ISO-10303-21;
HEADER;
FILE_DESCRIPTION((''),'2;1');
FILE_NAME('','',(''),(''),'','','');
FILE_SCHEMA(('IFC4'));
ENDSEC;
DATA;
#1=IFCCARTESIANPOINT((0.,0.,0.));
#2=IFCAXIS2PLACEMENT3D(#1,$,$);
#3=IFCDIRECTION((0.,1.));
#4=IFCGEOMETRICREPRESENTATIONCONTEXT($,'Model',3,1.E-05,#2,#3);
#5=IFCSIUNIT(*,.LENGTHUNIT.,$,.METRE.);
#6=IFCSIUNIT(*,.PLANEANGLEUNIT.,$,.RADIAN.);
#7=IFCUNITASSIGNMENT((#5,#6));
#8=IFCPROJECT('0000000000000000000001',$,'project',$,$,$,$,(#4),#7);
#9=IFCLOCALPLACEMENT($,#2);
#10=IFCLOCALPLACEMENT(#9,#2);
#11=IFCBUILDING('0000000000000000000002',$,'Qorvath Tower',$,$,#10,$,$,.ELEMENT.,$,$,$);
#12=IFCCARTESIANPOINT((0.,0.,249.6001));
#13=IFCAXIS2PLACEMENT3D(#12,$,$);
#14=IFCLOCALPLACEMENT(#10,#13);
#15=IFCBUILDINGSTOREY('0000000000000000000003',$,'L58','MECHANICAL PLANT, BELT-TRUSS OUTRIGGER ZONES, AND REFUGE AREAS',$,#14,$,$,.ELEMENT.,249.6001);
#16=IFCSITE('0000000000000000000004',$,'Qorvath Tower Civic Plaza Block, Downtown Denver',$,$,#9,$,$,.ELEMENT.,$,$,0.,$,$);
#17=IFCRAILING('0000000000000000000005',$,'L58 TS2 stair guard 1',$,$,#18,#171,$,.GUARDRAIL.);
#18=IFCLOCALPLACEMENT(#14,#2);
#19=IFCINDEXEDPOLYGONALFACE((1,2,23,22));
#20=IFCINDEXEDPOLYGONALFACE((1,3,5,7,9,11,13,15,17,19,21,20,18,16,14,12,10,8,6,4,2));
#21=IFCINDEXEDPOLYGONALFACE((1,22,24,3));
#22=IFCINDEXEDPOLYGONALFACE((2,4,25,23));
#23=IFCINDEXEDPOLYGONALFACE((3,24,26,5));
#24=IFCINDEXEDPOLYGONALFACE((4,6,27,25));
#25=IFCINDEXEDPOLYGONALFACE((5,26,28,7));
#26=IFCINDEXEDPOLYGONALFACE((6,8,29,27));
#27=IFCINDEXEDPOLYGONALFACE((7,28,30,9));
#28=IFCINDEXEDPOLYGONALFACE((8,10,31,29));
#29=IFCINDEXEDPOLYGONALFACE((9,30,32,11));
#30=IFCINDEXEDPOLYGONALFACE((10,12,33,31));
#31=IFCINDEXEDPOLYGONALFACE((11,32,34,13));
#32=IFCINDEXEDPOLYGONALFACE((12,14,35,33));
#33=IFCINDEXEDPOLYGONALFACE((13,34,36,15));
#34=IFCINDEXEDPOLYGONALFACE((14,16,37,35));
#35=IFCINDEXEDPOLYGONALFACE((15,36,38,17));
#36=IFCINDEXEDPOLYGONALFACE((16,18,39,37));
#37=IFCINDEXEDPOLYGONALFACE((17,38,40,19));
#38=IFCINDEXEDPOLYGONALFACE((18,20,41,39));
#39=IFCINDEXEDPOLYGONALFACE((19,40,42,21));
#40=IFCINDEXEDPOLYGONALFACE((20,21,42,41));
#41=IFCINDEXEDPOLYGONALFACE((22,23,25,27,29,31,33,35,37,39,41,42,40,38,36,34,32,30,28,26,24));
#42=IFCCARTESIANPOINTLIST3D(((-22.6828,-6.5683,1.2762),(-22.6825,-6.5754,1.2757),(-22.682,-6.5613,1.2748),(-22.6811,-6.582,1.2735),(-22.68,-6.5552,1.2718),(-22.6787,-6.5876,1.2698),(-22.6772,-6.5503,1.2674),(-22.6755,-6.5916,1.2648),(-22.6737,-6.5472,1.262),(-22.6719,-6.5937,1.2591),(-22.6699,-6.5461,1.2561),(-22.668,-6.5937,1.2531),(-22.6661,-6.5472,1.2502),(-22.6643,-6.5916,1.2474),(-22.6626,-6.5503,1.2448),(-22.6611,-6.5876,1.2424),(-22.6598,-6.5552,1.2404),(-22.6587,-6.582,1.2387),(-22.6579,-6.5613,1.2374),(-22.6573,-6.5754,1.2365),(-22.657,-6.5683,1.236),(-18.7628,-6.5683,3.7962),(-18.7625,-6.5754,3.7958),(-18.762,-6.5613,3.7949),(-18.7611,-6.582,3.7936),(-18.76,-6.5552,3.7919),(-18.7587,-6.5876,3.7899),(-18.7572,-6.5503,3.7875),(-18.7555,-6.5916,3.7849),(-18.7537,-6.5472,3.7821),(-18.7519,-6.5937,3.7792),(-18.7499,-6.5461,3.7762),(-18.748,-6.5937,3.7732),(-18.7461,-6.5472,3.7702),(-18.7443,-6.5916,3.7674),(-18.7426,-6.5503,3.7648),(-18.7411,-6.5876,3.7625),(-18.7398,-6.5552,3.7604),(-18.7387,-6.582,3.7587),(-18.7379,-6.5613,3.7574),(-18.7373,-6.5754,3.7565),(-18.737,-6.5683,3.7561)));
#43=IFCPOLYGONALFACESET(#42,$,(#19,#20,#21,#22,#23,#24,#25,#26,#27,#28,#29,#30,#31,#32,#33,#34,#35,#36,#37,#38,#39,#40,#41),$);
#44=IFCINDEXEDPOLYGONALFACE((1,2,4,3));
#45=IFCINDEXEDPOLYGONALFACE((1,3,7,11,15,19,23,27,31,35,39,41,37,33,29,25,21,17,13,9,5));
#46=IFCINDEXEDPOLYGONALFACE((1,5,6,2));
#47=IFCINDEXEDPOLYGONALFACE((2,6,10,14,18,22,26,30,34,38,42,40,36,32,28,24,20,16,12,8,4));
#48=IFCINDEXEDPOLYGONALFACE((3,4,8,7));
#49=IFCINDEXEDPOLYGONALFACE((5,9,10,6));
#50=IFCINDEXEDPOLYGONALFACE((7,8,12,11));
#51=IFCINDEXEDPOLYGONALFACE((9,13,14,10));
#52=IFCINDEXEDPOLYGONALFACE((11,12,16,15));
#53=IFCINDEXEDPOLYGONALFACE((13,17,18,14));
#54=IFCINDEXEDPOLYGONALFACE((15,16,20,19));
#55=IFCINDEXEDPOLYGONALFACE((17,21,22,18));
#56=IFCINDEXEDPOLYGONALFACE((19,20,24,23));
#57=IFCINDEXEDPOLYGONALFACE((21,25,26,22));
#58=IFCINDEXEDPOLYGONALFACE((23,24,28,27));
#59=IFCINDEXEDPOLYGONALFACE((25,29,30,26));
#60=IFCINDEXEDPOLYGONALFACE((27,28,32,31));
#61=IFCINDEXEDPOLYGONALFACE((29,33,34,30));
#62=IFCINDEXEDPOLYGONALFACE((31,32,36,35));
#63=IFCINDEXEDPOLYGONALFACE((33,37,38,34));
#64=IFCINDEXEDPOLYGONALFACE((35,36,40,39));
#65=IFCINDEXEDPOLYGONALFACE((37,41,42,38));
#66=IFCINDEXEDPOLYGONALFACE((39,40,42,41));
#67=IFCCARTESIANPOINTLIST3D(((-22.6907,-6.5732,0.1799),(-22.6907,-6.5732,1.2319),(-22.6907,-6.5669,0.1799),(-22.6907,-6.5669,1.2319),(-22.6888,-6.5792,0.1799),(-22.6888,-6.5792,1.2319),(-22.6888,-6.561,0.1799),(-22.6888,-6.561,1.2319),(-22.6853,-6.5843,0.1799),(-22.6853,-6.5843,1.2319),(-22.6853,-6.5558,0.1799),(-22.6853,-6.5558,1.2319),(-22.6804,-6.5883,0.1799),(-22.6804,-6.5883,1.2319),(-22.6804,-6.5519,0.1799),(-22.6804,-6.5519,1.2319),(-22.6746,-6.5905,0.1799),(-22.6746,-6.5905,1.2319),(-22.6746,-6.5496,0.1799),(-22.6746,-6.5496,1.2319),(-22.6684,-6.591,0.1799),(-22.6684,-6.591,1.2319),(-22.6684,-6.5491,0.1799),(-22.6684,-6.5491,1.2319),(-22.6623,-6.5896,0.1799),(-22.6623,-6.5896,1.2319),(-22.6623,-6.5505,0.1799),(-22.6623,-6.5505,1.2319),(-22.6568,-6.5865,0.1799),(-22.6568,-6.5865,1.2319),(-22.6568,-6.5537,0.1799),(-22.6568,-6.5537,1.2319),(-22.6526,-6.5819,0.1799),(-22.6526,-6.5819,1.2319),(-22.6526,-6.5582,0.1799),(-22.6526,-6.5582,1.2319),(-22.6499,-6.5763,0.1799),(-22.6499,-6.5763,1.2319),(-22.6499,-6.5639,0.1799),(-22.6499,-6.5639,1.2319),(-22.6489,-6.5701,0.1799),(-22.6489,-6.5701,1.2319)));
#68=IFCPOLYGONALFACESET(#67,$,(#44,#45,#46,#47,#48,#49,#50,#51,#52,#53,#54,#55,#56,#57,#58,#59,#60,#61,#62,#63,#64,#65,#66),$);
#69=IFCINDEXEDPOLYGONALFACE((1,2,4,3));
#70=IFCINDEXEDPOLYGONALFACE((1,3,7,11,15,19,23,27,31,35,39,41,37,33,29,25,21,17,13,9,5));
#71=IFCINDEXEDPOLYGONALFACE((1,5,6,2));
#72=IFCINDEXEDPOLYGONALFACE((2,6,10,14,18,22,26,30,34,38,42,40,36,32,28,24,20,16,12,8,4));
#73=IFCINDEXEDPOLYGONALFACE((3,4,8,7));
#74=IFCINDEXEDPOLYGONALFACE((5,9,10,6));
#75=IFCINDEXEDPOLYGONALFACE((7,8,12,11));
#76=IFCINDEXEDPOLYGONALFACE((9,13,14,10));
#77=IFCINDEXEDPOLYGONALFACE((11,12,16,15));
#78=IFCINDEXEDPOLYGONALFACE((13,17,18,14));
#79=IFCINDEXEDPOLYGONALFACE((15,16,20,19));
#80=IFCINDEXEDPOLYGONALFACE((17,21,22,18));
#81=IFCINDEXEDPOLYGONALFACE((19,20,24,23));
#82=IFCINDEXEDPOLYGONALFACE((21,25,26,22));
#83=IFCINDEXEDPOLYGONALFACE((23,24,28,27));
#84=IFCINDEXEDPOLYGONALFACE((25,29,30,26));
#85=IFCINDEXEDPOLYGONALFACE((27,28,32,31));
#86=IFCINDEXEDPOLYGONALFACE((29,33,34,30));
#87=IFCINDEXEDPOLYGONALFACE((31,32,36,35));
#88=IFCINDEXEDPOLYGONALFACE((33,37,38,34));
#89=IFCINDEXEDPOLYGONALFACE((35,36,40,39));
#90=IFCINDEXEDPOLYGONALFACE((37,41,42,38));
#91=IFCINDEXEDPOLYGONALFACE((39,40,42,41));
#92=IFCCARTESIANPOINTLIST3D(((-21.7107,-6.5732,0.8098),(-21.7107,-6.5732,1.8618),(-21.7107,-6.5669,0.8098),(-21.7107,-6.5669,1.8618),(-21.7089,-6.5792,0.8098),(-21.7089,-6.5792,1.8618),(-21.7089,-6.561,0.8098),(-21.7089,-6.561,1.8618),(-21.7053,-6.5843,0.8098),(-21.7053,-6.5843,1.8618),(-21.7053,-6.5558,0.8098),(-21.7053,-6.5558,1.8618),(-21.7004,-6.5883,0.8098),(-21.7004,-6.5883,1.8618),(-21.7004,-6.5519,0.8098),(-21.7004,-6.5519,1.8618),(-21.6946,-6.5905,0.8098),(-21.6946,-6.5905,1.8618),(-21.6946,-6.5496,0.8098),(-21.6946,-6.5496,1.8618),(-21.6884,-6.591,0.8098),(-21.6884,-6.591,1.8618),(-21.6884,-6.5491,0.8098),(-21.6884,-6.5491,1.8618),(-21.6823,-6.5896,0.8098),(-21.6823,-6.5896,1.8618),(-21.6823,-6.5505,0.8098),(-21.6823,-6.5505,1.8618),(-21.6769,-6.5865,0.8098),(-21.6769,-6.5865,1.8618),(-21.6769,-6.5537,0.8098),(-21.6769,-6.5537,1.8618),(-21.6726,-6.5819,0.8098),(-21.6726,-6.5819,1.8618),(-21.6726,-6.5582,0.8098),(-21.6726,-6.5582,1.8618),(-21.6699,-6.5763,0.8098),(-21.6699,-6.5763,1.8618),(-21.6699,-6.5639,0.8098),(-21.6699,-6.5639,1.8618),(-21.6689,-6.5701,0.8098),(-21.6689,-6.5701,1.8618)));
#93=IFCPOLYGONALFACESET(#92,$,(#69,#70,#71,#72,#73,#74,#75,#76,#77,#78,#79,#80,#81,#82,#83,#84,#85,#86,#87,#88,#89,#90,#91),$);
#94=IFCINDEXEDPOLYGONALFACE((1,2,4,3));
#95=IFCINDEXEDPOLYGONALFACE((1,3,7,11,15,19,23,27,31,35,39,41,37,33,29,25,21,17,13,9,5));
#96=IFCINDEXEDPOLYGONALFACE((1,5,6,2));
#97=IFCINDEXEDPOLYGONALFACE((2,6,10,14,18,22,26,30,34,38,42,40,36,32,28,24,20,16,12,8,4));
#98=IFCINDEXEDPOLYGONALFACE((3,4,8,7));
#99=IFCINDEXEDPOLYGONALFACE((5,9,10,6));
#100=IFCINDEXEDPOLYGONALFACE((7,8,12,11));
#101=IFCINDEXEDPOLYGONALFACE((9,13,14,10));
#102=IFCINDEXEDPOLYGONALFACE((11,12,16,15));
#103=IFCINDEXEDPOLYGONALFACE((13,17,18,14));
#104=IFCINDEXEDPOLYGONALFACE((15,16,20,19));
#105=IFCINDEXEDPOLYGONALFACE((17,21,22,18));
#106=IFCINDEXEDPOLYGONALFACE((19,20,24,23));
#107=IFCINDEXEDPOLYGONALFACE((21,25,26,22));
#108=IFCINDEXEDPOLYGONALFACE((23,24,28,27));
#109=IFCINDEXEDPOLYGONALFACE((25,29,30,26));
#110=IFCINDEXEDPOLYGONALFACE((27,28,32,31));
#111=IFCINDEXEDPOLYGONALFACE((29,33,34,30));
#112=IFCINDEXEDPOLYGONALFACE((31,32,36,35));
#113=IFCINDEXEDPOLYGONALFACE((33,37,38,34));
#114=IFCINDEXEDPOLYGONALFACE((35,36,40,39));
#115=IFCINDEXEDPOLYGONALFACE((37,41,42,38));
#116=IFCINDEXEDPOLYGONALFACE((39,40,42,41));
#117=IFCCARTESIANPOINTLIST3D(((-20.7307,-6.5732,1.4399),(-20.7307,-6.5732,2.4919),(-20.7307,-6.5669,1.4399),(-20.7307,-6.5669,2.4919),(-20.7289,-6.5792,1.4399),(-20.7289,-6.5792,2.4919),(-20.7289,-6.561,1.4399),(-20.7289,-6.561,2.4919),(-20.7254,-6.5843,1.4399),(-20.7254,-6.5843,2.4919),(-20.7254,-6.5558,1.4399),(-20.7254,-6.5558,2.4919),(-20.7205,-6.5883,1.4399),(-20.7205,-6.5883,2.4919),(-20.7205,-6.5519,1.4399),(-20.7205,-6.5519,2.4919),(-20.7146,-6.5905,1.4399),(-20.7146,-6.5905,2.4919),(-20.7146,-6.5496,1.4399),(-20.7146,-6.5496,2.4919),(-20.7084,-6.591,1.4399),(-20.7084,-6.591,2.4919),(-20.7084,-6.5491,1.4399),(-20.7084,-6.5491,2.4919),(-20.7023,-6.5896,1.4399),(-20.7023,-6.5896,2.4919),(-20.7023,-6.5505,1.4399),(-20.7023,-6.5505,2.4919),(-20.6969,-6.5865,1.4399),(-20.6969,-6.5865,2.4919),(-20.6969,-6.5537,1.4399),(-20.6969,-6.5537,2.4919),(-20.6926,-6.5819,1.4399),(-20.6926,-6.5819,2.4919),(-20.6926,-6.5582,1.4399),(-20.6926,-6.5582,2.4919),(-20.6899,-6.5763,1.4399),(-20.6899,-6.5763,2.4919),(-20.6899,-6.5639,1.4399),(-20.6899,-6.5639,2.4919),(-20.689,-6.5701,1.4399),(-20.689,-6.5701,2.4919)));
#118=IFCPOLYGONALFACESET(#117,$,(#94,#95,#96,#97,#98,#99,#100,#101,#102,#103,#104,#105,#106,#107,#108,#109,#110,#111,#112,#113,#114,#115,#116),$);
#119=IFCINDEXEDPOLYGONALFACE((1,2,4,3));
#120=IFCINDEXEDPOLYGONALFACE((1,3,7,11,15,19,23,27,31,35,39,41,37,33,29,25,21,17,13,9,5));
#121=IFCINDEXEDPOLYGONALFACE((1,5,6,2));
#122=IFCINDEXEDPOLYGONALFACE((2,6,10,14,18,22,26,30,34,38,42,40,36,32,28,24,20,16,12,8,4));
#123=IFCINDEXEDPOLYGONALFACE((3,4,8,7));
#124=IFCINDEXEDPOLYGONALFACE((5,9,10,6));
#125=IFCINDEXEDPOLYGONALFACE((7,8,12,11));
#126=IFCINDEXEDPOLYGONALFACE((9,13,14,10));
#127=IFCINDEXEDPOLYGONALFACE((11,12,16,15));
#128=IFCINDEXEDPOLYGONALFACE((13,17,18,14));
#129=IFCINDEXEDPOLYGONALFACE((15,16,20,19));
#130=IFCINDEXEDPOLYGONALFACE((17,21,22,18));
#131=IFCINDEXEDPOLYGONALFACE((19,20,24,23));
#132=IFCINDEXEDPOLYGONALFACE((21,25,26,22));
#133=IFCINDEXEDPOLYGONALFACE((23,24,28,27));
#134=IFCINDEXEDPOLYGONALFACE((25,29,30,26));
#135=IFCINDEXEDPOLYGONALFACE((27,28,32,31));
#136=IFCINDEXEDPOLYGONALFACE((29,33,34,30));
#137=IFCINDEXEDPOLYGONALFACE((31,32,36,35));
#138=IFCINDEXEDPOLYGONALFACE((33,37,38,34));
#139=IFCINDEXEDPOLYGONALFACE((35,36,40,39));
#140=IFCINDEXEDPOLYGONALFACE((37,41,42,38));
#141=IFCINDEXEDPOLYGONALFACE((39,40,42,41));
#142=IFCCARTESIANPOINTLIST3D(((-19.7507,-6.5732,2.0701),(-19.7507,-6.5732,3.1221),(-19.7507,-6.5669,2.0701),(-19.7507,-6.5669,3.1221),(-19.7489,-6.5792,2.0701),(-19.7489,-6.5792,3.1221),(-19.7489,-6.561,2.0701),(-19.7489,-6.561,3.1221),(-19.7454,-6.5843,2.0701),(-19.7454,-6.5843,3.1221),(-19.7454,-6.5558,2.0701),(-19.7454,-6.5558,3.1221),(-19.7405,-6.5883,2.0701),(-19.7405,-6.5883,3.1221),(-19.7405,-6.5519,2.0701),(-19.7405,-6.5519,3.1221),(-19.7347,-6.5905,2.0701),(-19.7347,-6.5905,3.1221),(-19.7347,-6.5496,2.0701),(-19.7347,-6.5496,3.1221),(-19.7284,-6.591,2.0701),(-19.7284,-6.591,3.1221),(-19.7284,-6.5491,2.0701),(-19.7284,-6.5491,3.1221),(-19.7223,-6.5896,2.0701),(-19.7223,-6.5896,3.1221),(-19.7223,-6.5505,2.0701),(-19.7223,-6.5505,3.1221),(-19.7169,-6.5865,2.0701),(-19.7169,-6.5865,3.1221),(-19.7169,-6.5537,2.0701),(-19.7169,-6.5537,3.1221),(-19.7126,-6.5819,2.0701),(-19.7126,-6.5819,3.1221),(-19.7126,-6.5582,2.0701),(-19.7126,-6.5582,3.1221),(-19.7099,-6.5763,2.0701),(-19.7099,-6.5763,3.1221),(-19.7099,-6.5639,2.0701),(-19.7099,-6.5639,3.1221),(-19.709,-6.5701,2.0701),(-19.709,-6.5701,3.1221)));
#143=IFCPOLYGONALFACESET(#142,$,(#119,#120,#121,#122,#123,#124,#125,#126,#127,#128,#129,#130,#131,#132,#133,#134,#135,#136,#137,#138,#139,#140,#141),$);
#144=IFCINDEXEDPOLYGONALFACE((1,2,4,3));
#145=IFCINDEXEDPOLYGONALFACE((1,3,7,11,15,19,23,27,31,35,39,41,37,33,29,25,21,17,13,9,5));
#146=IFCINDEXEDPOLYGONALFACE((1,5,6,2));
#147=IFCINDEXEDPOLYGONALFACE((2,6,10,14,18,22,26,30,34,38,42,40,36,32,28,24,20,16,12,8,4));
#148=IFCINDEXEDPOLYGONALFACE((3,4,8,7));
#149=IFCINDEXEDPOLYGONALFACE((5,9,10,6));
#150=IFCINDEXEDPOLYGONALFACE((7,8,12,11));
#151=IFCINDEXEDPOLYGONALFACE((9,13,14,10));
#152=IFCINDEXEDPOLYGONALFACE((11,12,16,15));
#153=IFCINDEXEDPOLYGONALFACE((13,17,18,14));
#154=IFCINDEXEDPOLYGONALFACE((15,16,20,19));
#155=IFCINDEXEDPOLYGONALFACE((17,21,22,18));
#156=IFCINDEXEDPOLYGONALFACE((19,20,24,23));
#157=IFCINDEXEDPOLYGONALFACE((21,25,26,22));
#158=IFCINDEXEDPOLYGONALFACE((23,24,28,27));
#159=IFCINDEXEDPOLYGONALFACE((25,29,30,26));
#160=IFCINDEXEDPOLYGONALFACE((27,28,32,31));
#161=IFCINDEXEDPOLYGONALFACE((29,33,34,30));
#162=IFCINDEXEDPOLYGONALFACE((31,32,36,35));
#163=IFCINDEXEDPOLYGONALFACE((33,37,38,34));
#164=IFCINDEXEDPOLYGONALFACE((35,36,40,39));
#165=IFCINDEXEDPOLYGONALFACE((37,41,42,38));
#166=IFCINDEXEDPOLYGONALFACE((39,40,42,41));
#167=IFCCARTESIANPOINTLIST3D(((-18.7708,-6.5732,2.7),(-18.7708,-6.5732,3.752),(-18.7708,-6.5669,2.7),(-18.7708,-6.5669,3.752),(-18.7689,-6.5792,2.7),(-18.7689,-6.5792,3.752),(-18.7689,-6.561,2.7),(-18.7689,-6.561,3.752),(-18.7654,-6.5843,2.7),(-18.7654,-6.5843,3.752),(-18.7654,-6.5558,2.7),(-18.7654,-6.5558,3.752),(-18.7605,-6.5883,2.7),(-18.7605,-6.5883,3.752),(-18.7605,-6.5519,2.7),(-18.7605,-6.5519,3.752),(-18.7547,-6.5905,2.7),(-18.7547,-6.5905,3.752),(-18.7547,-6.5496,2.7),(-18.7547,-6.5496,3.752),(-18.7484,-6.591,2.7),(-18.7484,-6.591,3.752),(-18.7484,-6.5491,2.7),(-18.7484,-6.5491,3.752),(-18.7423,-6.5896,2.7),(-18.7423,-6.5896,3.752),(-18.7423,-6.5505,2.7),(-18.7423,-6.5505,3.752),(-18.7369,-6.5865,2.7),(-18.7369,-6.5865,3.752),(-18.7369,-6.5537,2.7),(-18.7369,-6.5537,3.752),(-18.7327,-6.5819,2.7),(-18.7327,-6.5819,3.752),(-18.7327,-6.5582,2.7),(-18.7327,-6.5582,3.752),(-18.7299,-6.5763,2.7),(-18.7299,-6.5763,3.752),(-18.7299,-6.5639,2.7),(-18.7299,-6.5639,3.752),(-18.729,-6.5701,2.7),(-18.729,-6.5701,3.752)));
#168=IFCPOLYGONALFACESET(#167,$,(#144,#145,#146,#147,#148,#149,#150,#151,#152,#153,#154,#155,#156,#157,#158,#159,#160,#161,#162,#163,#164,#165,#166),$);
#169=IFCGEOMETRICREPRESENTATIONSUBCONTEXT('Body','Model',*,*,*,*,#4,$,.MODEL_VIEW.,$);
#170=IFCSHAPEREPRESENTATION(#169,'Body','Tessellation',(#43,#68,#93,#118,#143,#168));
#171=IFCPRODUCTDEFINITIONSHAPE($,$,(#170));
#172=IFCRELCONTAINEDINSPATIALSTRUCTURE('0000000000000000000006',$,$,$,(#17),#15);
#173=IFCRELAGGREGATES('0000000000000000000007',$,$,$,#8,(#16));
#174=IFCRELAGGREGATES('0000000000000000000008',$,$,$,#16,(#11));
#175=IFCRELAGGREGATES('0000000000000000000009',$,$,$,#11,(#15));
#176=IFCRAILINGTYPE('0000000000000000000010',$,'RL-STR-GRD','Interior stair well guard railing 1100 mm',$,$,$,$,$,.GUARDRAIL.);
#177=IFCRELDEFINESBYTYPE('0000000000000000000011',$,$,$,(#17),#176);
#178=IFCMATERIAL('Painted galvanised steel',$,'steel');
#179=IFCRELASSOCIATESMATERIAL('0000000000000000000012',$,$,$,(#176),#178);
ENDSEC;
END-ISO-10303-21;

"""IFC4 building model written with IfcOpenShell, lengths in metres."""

from ifc_helpers import new_model, si_unit, direction, frame, origin, origin_2d, place, context, subcontext, project, spatial, circle, extrude, material, type_object, element, save


model = new_model("IFC4")

# Units and contexts
model_context = context("Model", 3, precision=1e-05, world=origin(), true_north=direction((0.0, 1.0)))
body_context = subcontext(model_context, "Body", "Model", "MODEL_VIEW")
ifc_project = project(units=[si_unit("LENGTHUNIT", "METRE"), si_unit("PLANEANGLEUNIT", "RADIAN")], contexts=[model_context])

# Site, building, storey
site_placement = place(None, origin())
site = spatial("IfcSite", under=ifc_project, at=site_placement, Name="Qorvath Tower Civic Plaza Block, Downtown Denver", CompositionType="ELEMENT", RefElevation=0.0)
building_placement = place(site_placement, origin())
building = spatial("IfcBuilding", under=site, at=building_placement, Name="Qorvath Tower", CompositionType="ELEMENT")
storey_placement = place(building_placement, frame((0.0, 0.0, 249.6001)))
storey = spatial("IfcBuildingStorey", under=building, at=storey_placement, Name="L58", Description="MECHANICAL PLANT, BELT-TRUSS OUTRIGGER ZONES, AND REFUGE AREAS", CompositionType="ELEMENT", Elevation=249.6001)

# Railing
ifc_material_1 = material(Name="Painted galvanised steel", Category="steel")
railing_type_1 = type_object("IfcRailingType", Name="RL-STR-GRD", Description="Interior stair well guard railing 1100 mm", PredefinedType="GUARDRAIL", material=ifc_material_1)
railing_1_placement = place(storey_placement, frame((-22.6699, -6.5701, 0.1799)))
element("IfcRailing", 1, at=railing_1_placement, inside=storey, type_object=railing_type_1, Name="L58 TS2 stair guard 1", PredefinedType="GUARDRAIL", context=body_context, shape_type="SweptSolid", body=[
    extrude(circle(Radius=0.0239, at=origin_2d()), frame((0.0, 0.0, 1.0762), z_axis=(0.841172, 0.0, 0.540768), x_axis=(0.0, 1.0, 0.0)), (0.0, 0.0, 1.0), 4.6602),
    extrude(circle(Radius=0.021, at=origin_2d()), origin(), (0.0, 0.0, 1.0), 1.052),
    extrude(circle(Radius=0.021, at=origin_2d()), frame((0.98, 0.0, 0.6299)), (0.0, 0.0, 1.0), 1.052),
    extrude(circle(Radius=0.021, at=origin_2d()), frame((1.96, 0.0, 1.26)), (0.0, 0.0, 1.0), 1.052),
    extrude(circle(Radius=0.021, at=origin_2d()), frame((2.9399, 0.0, 1.8901)), (0.0, 0.0, 1.0), 1.052),
    extrude(circle(Radius=0.021, at=origin_2d()), frame((3.9199, 0.0, 2.52)), (0.0, 0.0, 1.0), 1.052),
])

save(model, "model.ifc")
